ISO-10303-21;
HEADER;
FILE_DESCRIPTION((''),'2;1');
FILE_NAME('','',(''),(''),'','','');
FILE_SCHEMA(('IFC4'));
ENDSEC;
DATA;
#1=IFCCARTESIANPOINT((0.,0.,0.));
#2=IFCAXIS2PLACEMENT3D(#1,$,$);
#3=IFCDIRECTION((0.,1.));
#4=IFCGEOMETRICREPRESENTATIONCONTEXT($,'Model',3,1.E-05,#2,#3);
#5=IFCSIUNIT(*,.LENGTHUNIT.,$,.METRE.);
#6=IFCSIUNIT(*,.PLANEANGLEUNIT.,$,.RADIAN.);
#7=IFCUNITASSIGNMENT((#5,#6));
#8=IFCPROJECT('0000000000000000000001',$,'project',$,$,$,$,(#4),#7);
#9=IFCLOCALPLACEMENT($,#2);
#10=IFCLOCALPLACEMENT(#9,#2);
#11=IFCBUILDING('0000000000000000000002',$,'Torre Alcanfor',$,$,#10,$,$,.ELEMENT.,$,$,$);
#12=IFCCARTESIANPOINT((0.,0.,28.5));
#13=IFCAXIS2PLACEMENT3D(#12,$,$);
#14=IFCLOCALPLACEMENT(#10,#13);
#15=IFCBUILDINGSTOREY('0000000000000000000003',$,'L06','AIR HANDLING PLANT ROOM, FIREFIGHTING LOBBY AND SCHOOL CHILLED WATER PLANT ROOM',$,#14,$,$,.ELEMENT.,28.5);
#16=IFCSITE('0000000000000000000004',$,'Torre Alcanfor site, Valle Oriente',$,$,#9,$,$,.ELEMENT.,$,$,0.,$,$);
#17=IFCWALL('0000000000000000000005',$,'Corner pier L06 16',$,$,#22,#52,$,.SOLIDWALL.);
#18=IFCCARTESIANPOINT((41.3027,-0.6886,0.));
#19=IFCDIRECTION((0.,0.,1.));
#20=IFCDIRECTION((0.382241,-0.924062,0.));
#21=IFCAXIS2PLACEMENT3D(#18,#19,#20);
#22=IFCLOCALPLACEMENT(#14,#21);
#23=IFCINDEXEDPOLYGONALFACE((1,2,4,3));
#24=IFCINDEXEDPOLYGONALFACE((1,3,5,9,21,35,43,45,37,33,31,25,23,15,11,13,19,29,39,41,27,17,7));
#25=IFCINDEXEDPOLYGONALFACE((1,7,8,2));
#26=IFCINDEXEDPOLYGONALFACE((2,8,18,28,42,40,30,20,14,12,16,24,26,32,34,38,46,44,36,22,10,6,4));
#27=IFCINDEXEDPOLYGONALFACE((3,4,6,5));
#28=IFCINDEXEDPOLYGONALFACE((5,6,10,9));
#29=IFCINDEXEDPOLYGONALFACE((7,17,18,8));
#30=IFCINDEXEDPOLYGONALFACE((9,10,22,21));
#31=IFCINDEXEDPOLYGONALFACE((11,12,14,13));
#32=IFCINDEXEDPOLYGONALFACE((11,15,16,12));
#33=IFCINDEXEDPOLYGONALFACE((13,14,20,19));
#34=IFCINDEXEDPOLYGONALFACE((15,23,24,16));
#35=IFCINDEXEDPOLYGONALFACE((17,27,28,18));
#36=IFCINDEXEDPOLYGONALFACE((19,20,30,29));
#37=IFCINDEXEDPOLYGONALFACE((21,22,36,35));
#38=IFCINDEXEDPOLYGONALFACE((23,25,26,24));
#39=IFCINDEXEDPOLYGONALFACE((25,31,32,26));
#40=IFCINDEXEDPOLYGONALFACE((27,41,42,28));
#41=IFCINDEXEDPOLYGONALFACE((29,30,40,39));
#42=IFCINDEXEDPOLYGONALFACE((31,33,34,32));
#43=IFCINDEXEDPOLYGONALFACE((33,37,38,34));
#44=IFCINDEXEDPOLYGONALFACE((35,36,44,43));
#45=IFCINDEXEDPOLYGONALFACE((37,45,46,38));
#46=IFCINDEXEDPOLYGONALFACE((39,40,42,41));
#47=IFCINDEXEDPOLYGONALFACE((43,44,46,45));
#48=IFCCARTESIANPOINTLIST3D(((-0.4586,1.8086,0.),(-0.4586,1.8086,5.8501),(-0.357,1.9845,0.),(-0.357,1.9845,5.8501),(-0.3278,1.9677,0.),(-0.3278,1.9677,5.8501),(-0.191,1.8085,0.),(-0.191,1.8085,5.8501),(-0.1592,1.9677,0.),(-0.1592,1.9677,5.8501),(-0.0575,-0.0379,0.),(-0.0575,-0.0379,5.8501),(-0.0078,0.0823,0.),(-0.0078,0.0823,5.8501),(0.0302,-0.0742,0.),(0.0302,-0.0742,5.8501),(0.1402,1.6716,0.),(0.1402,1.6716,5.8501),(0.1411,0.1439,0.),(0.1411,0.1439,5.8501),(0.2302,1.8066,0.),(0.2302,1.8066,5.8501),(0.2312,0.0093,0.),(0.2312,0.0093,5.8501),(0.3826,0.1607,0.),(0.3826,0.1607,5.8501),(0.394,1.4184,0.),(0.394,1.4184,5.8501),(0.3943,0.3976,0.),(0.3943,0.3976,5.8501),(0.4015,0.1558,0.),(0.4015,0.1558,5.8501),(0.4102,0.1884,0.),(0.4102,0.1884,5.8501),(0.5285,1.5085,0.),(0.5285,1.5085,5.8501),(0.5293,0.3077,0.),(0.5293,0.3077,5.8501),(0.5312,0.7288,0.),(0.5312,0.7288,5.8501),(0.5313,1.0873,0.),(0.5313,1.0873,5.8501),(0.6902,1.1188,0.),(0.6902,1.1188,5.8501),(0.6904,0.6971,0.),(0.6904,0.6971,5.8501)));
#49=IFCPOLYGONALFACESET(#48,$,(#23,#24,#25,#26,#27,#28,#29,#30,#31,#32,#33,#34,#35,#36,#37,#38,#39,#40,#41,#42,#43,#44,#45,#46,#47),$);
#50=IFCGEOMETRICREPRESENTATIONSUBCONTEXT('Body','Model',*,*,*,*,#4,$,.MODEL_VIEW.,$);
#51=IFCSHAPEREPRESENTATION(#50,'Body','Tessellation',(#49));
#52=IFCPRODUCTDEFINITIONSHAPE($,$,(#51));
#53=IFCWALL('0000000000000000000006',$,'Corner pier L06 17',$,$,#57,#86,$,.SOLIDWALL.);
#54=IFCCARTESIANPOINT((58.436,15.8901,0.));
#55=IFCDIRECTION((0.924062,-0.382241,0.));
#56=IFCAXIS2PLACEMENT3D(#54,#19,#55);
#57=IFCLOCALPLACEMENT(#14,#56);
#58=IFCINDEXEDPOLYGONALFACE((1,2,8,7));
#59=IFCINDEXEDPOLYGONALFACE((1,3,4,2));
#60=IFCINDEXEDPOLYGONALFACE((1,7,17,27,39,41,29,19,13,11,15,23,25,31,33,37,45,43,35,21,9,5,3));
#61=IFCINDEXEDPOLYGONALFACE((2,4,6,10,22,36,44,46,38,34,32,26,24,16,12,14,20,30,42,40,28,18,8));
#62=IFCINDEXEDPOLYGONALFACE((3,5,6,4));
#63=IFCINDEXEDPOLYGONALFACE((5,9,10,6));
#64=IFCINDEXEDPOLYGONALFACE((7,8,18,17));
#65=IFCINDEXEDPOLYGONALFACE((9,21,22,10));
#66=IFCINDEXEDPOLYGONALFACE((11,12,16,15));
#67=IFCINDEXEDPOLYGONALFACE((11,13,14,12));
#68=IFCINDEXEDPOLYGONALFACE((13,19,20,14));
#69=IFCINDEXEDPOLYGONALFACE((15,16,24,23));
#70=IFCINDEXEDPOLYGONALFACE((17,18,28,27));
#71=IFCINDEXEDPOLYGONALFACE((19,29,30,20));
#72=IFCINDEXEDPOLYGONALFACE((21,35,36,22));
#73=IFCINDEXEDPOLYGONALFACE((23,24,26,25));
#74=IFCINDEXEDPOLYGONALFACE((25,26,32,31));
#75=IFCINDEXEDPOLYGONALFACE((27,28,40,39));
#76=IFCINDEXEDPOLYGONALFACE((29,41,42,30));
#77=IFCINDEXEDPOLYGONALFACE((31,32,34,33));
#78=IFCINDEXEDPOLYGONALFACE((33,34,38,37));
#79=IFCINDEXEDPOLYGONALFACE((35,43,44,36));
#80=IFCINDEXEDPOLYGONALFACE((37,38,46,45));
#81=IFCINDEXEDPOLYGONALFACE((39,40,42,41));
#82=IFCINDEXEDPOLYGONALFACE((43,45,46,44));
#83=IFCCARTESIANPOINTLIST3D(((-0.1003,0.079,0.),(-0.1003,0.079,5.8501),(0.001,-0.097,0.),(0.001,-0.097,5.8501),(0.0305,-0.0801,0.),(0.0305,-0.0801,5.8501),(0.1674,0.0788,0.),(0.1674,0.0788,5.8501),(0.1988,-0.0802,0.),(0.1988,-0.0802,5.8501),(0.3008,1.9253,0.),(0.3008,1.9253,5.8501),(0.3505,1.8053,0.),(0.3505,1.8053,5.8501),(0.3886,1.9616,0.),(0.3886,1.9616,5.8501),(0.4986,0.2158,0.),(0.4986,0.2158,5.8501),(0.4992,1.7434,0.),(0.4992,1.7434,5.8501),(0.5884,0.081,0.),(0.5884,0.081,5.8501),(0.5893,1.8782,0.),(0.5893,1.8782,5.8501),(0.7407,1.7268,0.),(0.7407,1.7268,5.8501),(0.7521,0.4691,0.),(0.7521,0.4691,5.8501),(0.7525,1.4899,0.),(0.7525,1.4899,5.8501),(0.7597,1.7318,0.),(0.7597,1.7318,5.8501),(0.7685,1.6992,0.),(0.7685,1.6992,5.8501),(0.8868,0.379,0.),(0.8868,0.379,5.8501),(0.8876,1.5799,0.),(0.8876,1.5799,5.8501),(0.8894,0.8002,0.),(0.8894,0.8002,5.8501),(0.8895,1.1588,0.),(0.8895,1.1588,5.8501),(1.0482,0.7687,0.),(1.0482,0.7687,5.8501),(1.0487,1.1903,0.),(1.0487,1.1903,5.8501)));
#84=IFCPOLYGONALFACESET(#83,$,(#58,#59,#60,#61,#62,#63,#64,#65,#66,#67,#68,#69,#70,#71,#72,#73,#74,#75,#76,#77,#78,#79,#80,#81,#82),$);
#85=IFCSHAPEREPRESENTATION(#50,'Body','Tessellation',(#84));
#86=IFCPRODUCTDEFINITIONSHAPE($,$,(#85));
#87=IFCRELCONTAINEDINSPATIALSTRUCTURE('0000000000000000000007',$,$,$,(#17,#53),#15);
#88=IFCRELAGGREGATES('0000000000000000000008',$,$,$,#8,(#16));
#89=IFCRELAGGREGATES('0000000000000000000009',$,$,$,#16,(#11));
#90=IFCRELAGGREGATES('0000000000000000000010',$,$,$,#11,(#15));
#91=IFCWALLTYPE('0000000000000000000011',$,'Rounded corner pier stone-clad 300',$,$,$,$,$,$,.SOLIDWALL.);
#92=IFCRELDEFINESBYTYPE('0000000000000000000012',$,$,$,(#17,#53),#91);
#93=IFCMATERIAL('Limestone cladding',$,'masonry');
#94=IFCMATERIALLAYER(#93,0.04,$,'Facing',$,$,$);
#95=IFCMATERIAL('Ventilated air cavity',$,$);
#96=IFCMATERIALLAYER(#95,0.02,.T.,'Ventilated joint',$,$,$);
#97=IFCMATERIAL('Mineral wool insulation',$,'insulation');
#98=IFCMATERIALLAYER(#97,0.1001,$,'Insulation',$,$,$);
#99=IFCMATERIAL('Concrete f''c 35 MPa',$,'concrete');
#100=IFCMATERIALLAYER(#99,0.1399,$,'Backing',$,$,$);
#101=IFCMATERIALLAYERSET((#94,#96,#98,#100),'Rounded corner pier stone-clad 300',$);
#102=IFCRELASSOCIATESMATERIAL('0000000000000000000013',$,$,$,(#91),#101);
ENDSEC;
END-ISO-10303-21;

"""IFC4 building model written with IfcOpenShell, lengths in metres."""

from ifc_helpers import new_model, si_unit, direction, frame, origin, place, context, subcontext, project, spatial, polyline, outline, extrude, material, layer, layer_set, type_object, element, save


model = new_model("IFC4")

# Units and contexts
model_context = context("Model", 3, precision=1e-05, world=origin(), true_north=direction((0.0, 1.0)))
body_context = subcontext(model_context, "Body", "Model", "MODEL_VIEW")
ifc_project = project(units=[si_unit("LENGTHUNIT", "METRE"), si_unit("PLANEANGLEUNIT", "RADIAN")], contexts=[model_context])

# Site, building, storey
site_placement = place(None, origin())
site = spatial("IfcSite", under=ifc_project, at=site_placement, Name="Torre Alcanfor site, Valle Oriente", CompositionType="ELEMENT", RefElevation=0.0)
building_placement = place(site_placement, origin())
building = spatial("IfcBuilding", under=site, at=building_placement, Name="Torre Alcanfor", CompositionType="ELEMENT")
storey_placement = place(building_placement, frame((0.0, 0.0, 28.5)))
storey = spatial("IfcBuildingStorey", under=building, at=storey_placement, Name="L06", Description="AIR HANDLING PLANT ROOM, FIREFIGHTING LOBBY AND SCHOOL CHILLED WATER PLANT ROOM", CompositionType="ELEMENT", Elevation=28.5)

# Walls
ifc_material_1 = material(Name="Limestone cladding", Category="masonry")
ifc_material_2 = material(Name="Ventilated air cavity")
ifc_material_3 = material(Name="Mineral wool insulation", Category="insulation")
ifc_material_4 = material(Name="Concrete f'c 35 MPa", Category="concrete")
ifc_layer_1 = layer(ifc_material_1, 0.04, Name="Facing")
ifc_layer_2 = layer(ifc_material_2, 0.02, ventilated=True, Name="Ventilated joint")
ifc_layer_3 = layer(ifc_material_3, 0.1001, Name="Insulation")
ifc_layer_4 = layer(ifc_material_4, 0.1399, Name="Backing")
ifc_layer_set_1 = layer_set([ifc_layer_1, ifc_layer_2, ifc_layer_3, ifc_layer_4], Name="Rounded corner pier stone-clad 300")
wall_type_1 = type_object("IfcWallType", Name="Rounded corner pier stone-clad 300", PredefinedType="SOLIDWALL", material=ifc_layer_set_1)
wall_1_placement = place(storey_placement, frame((41.3027, -0.6886, 0.0), z_axis=(0.0, 0.0, 1.0), x_axis=(0.382241, -0.924062, 0.0)))
element("IfcWall", 1, at=wall_1_placement, inside=storey, type_object=wall_type_1, Name="Corner pier L06 16", PredefinedType="SOLIDWALL", context=body_context, shape_type="SweptSolid", body=[
    extrude(outline(polyline([(0.2302, 1.8066), (-0.1592, 1.9677), (-0.3278, 1.9677), (-0.357, 1.9845), (-0.4586, 1.8086), (-0.191, 1.8085), (0.1402, 1.6716), (0.394, 1.4184), (0.5313, 1.0873), (0.5312, 0.7288), (0.3943, 0.3976), (0.1411, 0.1439), (-0.0078, 0.0823), (-0.0575, -0.0379), (0.0302, -0.0742), (0.2312, 0.0093), (0.3826, 0.1607), (0.4015, 0.1558), (0.4102, 0.1884), (0.5293, 0.3077), (0.6904, 0.6971), (0.6902, 1.1188), (0.5285, 1.5085), (0.2302, 1.8066)])), origin(), (0.0, 0.0, 1.0), 5.8501),
])
wall_2_placement = place(storey_placement, frame((58.436, 15.8901, 0.0), z_axis=(0.0, 0.0, 1.0), x_axis=(0.924062, -0.382241, 0.0)))
element("IfcWall", 2, at=wall_2_placement, inside=storey, type_object=wall_type_1, Name="Corner pier L06 17", PredefinedType="SOLIDWALL", context=body_context, shape_type="SweptSolid", body=[
    extrude(outline(polyline([(0.7597, 1.7318), (0.7407, 1.7268), (0.5893, 1.8782), (0.3886, 1.9616), (0.3008, 1.9253), (0.3505, 1.8053), (0.4992, 1.7434), (0.7525, 1.4899), (0.8895, 1.1588), (0.8894, 0.8002), (0.7521, 0.4691), (0.4986, 0.2158), (0.1674, 0.0788), (-0.1003, 0.079), (0.001, -0.097), (0.0305, -0.0801), (0.1988, -0.0802), (0.5884, 0.081), (0.8868, 0.379), (1.0482, 0.7687), (1.0487, 1.1903), (0.8876, 1.5799), (0.7685, 1.6992), (0.7597, 1.7318)])), origin(), (0.0, 0.0, 1.0), 5.8501),
])

save(model, "model.ifc")
